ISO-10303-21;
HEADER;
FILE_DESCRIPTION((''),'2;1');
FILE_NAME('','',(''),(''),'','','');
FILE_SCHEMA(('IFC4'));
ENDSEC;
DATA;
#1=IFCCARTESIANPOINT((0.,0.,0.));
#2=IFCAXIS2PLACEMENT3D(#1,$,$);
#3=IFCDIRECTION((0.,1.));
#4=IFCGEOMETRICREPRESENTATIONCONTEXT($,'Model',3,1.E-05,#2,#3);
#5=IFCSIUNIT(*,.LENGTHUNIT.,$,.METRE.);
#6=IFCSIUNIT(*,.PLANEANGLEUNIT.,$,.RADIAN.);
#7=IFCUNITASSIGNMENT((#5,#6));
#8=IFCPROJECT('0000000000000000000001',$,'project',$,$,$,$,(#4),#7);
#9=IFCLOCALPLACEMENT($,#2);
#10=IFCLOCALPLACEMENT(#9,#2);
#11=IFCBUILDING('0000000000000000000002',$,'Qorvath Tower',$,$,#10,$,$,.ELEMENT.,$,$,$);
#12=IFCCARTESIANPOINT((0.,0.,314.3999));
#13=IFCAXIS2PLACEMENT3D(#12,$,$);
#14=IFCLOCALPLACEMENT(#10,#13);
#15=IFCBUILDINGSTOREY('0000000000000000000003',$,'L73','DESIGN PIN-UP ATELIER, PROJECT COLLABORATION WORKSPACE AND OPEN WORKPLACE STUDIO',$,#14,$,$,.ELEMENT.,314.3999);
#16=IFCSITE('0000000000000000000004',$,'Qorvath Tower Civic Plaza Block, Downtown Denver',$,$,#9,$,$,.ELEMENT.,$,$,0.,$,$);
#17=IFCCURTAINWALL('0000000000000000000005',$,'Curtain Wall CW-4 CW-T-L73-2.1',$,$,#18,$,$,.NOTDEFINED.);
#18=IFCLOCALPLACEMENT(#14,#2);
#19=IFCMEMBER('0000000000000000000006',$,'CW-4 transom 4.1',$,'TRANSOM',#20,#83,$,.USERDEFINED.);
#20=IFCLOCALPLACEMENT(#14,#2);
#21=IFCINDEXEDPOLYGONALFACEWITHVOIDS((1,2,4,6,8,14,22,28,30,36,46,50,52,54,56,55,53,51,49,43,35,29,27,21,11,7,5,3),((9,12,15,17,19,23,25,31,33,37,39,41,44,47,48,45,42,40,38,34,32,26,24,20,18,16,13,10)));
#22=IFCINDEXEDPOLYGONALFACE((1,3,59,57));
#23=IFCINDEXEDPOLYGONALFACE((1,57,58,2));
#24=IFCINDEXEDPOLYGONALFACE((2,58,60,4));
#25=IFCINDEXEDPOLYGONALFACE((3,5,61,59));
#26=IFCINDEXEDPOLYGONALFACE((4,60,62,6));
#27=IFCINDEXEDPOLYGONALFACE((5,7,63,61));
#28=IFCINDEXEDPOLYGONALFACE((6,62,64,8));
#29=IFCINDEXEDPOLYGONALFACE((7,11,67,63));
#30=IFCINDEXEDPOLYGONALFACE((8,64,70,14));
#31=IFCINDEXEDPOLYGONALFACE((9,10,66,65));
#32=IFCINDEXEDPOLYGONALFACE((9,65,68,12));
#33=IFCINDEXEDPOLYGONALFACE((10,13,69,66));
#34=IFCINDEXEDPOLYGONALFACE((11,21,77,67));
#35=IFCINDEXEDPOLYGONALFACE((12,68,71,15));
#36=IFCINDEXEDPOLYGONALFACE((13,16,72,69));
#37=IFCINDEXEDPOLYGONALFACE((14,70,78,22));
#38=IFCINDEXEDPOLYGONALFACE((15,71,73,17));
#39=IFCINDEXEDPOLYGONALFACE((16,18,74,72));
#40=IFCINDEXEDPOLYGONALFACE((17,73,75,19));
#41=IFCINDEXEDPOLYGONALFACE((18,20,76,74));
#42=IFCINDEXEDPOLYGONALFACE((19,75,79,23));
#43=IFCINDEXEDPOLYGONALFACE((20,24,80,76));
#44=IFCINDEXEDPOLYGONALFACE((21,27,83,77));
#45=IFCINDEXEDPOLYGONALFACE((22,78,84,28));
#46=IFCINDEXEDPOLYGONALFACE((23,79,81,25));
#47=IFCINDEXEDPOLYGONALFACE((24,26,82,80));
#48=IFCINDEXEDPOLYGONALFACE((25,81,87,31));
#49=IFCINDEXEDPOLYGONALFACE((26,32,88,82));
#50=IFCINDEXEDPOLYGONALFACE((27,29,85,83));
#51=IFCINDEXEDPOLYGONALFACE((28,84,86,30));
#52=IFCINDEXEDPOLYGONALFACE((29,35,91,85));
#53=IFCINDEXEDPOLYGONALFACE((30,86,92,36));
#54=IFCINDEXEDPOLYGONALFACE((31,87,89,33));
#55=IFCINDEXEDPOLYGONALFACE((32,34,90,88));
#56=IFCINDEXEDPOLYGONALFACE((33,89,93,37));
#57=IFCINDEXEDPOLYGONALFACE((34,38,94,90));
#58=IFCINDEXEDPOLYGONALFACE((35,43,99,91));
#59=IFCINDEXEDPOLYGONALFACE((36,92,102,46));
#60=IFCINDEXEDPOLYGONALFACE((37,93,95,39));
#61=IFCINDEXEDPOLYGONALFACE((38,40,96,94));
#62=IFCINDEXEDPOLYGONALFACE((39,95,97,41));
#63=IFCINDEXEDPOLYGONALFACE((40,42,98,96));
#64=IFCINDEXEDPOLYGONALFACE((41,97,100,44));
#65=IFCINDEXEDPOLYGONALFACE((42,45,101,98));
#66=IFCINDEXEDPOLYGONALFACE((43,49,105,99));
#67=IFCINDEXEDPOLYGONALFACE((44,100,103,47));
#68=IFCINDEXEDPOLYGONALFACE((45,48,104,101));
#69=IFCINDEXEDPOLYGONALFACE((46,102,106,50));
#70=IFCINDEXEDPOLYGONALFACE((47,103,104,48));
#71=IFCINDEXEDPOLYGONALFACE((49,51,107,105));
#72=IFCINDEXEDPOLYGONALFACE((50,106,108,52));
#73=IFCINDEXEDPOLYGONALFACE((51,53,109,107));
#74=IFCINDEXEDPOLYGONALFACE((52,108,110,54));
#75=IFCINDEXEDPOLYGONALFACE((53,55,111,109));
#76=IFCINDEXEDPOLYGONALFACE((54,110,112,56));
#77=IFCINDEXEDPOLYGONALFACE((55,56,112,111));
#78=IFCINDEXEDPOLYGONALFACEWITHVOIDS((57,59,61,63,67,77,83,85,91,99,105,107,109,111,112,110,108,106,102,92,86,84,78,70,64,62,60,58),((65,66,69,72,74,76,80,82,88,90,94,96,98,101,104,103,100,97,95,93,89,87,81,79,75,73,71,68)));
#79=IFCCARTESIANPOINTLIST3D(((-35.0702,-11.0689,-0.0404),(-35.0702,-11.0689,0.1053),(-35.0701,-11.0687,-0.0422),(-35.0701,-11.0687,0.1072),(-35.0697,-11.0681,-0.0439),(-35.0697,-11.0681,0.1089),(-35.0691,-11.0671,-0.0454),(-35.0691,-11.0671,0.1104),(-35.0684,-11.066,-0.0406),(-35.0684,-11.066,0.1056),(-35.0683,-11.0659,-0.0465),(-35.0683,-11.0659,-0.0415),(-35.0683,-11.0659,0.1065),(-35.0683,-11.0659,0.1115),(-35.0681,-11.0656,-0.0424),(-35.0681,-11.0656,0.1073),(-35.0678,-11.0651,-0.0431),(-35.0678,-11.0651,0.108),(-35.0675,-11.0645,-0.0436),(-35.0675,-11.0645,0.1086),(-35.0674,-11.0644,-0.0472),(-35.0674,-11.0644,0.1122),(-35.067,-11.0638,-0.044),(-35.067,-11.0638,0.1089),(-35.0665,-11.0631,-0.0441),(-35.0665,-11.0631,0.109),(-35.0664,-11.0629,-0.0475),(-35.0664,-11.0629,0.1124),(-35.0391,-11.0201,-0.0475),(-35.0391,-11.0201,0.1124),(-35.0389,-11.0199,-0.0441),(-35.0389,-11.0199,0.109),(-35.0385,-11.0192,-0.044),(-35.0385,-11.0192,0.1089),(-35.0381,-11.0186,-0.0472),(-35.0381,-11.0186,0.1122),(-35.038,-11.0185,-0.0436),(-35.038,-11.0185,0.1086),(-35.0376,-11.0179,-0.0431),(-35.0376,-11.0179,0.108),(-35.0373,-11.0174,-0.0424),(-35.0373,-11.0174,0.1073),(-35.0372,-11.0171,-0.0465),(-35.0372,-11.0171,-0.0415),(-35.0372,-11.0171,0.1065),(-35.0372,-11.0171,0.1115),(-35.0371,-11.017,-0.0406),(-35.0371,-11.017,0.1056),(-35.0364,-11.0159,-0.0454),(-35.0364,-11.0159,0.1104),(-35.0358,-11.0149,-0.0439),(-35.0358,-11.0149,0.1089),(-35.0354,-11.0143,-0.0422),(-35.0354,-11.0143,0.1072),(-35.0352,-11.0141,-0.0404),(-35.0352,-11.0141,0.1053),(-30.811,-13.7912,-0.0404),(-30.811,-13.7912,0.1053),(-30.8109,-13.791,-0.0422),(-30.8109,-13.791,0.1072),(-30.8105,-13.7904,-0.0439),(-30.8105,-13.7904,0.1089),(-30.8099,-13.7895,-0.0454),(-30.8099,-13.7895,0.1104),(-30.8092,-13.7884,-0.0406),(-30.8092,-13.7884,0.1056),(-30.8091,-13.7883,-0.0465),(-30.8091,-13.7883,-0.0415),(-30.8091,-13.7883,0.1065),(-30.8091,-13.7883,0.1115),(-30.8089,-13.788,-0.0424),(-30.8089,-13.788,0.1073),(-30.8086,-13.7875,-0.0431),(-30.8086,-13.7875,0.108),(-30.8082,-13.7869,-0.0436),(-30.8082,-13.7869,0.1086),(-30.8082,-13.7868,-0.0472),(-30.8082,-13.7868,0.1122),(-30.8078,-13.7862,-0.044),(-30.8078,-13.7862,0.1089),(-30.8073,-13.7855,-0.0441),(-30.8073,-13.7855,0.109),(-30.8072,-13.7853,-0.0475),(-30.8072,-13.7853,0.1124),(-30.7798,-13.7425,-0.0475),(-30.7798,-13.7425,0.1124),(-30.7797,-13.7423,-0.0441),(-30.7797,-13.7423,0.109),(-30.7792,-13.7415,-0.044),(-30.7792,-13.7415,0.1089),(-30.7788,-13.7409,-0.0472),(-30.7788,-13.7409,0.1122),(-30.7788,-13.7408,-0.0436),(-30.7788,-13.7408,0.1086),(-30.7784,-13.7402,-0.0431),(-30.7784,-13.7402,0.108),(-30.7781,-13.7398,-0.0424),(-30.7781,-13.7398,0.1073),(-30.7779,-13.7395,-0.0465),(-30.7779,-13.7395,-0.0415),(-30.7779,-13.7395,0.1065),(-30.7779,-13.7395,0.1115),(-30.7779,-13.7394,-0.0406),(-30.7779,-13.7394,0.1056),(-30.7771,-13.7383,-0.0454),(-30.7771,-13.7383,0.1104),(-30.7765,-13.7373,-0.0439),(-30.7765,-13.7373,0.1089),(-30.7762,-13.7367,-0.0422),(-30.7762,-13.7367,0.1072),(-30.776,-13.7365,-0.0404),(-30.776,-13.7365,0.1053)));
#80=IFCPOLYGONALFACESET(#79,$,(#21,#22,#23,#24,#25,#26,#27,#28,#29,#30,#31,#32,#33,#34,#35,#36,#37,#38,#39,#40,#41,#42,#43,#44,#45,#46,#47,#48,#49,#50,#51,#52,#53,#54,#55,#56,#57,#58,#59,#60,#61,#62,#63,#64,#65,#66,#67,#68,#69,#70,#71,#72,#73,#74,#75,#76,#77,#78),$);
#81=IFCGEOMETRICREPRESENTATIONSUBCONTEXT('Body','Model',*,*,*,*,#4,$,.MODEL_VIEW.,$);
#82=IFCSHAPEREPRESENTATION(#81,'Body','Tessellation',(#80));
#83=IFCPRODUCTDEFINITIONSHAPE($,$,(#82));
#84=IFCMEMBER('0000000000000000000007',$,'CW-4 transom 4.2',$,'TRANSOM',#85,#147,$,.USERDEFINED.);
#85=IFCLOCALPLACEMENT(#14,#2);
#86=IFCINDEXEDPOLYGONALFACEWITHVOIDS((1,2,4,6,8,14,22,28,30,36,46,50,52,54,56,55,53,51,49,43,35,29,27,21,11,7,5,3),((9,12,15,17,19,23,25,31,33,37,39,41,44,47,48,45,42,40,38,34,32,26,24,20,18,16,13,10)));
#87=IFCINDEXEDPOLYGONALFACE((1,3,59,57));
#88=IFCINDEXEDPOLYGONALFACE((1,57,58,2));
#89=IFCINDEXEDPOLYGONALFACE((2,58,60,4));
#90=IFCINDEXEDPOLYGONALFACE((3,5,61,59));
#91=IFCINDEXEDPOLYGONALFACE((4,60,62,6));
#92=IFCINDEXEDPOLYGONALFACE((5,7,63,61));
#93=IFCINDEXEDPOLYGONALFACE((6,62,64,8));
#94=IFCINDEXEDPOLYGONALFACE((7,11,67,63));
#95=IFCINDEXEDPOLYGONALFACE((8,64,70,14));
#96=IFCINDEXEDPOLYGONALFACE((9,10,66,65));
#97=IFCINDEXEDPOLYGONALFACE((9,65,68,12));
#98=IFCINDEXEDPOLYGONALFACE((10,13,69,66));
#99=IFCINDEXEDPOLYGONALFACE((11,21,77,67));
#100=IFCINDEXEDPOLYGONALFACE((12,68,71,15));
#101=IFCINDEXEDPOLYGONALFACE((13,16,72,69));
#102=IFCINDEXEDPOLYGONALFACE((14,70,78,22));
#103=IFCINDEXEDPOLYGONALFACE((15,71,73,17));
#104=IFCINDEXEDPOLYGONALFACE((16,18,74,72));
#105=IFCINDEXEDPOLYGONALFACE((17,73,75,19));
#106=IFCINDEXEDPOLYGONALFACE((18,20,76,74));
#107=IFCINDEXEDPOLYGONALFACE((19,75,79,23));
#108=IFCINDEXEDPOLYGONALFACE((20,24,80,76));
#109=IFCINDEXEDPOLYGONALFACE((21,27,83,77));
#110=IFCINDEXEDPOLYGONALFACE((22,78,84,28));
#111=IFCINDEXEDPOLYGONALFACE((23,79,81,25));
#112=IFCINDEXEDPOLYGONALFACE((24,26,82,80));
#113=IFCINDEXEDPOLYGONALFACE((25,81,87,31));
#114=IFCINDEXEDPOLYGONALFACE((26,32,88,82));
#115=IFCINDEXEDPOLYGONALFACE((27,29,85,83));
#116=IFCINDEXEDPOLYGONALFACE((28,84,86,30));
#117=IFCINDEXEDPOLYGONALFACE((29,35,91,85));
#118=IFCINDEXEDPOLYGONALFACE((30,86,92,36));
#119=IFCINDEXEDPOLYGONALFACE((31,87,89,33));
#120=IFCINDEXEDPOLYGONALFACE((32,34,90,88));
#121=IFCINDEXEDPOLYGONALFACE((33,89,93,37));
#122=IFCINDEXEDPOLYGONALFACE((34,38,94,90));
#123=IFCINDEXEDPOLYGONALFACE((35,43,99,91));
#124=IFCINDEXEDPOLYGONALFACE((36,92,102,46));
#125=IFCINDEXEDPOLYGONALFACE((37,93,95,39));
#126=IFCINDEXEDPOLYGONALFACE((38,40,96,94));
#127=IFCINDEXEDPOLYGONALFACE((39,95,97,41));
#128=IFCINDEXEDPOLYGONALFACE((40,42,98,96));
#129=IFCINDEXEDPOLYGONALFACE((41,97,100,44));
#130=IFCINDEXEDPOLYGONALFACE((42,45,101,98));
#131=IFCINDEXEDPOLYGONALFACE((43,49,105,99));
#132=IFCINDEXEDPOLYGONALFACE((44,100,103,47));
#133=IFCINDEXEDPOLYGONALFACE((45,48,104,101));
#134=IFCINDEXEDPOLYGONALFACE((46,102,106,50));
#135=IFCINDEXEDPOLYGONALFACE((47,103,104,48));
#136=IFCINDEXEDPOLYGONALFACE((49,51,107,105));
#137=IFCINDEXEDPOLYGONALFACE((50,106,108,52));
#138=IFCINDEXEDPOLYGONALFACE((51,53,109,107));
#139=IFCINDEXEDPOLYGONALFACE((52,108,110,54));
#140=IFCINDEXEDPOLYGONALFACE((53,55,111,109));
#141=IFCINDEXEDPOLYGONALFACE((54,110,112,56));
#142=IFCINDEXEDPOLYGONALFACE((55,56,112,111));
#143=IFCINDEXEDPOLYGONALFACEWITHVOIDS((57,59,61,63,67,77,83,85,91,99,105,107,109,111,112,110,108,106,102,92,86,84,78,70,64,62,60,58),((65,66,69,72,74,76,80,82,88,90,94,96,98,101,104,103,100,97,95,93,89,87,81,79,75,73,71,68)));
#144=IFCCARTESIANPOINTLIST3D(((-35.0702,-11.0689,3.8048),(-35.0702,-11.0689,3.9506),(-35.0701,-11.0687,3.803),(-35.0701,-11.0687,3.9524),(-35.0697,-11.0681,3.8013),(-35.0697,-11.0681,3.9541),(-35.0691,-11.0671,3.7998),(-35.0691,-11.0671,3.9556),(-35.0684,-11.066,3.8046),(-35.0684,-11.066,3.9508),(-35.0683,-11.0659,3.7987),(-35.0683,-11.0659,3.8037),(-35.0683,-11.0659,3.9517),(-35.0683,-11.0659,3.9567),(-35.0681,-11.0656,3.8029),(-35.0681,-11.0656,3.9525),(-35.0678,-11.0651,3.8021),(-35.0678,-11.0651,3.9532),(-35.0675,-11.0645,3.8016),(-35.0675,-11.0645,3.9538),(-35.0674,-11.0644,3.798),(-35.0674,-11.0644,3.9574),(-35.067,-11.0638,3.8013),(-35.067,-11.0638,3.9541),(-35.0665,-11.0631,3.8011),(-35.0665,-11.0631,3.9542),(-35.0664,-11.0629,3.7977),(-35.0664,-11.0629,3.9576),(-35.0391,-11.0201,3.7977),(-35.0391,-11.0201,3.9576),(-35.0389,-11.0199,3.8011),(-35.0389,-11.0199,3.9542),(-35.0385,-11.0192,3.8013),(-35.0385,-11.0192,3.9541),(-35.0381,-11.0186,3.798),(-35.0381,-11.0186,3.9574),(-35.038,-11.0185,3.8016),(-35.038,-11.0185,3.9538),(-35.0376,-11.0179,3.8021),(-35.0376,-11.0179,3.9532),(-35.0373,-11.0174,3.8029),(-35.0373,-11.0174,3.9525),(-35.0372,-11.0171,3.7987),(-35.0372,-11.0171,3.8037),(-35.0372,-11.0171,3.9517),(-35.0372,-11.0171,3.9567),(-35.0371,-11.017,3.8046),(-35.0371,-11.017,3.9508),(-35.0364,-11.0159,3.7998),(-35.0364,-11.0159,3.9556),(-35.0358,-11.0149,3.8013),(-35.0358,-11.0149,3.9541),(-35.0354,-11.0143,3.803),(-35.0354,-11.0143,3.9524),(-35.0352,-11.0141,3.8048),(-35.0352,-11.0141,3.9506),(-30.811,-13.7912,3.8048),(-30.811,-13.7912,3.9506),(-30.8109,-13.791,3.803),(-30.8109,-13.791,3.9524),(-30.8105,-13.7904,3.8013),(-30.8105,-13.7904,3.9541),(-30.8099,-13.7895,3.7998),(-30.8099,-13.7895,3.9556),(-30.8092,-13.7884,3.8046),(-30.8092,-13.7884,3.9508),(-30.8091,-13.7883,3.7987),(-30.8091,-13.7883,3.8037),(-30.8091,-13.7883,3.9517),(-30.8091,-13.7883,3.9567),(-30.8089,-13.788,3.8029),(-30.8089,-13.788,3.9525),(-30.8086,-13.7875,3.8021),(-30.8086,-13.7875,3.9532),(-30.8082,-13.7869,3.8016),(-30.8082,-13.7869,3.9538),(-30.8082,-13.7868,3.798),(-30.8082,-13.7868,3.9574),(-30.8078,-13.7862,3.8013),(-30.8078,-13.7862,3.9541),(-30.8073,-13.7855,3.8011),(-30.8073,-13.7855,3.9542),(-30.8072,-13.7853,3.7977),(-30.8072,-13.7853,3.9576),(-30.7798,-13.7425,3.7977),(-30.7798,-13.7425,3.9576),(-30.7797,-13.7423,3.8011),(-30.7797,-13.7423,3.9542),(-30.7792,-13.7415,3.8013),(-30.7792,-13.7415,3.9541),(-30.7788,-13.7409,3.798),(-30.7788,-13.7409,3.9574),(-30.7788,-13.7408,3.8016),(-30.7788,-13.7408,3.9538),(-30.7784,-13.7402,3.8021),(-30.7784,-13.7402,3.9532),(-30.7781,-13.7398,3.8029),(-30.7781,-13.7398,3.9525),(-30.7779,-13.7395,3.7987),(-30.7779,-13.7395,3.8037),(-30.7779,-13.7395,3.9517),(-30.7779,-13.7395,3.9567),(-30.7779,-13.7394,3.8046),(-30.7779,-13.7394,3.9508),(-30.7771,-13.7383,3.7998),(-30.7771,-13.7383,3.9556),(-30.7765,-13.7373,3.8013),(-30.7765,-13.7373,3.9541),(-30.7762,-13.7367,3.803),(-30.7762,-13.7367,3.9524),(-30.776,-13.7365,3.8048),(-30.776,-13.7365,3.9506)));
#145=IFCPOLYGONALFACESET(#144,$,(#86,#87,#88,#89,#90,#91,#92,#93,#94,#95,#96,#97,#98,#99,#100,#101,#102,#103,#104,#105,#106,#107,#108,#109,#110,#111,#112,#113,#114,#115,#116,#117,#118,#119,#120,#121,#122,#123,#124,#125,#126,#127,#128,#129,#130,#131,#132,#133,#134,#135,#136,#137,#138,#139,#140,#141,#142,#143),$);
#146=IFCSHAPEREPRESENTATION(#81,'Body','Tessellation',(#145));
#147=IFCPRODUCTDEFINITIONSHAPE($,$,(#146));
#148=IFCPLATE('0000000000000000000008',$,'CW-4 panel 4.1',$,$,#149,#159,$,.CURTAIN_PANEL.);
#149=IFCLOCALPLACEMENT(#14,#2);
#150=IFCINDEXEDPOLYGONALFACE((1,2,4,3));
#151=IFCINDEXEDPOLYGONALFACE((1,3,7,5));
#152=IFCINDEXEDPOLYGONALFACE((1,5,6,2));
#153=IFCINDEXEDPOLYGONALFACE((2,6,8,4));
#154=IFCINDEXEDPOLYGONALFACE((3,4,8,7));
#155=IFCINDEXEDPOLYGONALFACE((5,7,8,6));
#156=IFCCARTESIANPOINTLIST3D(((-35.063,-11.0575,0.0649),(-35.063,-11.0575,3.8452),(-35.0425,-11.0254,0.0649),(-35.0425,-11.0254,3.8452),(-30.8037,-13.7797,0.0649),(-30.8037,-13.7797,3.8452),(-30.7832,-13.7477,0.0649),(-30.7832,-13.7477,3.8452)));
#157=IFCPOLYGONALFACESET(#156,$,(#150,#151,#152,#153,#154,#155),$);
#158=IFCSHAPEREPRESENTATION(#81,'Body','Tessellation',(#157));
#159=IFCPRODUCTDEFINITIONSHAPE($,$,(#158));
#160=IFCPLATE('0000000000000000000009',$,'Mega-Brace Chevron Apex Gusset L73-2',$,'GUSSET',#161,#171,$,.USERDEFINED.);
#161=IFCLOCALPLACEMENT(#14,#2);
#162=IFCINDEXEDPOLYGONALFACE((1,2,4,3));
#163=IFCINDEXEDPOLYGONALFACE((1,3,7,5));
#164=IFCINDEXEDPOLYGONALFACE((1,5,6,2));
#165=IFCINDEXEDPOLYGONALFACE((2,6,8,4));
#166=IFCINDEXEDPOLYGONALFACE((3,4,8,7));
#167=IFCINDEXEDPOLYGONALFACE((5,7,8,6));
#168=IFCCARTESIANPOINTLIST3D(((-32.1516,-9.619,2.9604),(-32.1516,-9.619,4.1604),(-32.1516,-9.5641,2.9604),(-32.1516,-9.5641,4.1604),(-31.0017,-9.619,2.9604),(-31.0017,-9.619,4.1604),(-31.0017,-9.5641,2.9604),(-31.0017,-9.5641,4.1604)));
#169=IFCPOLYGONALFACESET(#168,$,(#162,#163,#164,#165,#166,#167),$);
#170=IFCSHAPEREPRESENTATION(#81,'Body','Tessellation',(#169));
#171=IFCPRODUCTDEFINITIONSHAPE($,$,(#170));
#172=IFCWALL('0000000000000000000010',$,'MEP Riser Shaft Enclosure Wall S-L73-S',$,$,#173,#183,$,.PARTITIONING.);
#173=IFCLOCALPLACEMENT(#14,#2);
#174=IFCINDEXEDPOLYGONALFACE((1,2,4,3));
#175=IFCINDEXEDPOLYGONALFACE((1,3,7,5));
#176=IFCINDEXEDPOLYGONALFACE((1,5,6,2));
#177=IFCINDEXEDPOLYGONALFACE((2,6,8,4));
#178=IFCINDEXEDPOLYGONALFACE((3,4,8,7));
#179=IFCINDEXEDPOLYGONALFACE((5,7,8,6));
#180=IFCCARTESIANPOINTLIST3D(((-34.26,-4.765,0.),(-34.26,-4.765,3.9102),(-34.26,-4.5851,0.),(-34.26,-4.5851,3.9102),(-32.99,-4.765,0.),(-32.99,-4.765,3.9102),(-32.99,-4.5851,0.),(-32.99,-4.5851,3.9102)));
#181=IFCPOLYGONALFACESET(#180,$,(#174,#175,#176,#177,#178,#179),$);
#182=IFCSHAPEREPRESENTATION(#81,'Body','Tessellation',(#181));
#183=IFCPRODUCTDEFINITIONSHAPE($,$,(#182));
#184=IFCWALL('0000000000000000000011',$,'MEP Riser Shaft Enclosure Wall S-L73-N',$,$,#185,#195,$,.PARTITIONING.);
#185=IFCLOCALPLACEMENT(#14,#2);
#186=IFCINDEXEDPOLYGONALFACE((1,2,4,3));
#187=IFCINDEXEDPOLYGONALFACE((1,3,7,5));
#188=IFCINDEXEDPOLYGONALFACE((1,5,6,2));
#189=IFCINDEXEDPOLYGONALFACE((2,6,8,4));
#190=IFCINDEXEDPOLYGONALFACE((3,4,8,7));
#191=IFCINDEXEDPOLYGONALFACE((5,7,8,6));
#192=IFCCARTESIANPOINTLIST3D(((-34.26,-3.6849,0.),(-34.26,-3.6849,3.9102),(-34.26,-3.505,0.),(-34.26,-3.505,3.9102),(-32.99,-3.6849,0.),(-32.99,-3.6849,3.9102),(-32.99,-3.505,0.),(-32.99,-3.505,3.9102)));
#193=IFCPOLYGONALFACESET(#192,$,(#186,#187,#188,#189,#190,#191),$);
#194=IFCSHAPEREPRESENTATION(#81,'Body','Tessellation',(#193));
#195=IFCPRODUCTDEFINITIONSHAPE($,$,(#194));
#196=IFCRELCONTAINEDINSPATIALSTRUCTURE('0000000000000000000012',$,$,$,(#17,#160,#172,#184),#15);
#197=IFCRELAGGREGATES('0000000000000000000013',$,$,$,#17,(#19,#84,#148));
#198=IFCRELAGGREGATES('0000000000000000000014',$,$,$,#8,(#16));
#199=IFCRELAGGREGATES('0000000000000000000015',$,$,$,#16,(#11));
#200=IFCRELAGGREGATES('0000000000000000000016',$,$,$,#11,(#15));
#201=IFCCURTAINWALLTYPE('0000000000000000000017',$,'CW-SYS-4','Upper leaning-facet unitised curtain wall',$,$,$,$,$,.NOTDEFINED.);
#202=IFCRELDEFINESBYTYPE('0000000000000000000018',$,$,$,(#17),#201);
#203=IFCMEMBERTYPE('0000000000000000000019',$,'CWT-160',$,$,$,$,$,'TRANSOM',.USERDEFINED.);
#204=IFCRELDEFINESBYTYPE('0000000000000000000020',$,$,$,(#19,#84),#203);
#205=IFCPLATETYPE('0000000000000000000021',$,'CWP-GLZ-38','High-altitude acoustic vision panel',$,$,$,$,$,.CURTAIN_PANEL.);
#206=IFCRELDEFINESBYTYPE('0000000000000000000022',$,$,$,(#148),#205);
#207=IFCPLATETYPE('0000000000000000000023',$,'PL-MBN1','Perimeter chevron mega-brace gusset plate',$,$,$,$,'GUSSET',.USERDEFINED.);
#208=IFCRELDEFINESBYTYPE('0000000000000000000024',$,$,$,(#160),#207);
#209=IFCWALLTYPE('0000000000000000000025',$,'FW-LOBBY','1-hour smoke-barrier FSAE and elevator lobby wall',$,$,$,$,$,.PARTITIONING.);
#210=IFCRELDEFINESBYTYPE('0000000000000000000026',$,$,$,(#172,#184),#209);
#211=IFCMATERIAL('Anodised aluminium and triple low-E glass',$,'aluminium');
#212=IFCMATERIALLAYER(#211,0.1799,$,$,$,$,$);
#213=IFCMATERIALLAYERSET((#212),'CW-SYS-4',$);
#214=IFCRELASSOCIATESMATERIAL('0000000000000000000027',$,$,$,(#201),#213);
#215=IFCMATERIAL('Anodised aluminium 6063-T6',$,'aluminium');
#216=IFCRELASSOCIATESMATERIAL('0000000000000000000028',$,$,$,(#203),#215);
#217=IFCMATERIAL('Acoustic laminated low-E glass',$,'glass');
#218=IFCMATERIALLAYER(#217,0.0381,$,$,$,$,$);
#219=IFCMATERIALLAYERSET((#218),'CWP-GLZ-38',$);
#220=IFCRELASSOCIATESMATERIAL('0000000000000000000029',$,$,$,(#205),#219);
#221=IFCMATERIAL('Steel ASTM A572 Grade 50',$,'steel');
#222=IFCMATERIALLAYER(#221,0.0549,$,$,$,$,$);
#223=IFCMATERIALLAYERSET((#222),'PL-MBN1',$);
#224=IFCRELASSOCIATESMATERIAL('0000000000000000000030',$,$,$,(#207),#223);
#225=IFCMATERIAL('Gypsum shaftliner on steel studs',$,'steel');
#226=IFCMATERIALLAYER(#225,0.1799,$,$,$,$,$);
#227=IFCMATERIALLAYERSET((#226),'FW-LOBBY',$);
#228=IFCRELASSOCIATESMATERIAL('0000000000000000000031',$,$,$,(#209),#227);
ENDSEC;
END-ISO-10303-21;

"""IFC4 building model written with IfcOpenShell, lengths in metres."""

from ifc_helpers import new_model, si_unit, direction, frame, frame_2d, origin, origin_2d, place, context, subcontext, project, spatial, rectangle, hollow_rectangle, extrude, material, layer, layer_set, material_profile, profile_set, type_object, element, aggregate, save


model = new_model("IFC4")

# Units and contexts
model_context = context("Model", 3, precision=1e-05, world=origin(), true_north=direction((0.0, 1.0)))
body_context = subcontext(model_context, "Body", "Model", "MODEL_VIEW")
ifc_project = project(units=[si_unit("LENGTHUNIT", "METRE"), si_unit("PLANEANGLEUNIT", "RADIAN")], contexts=[model_context])

# Site, building, storey
site_placement = place(None, origin())
site = spatial("IfcSite", under=ifc_project, at=site_placement, Name="Qorvath Tower Civic Plaza Block, Downtown Denver", CompositionType="ELEMENT", RefElevation=0.0)
building_placement = place(site_placement, origin())
building = spatial("IfcBuilding", under=site, at=building_placement, Name="Qorvath Tower", CompositionType="ELEMENT")
storey_placement = place(building_placement, frame((0.0, 0.0, 314.3999)))
storey = spatial("IfcBuildingStorey", under=building, at=storey_placement, Name="L73", Description="DESIGN PIN-UP ATELIER, PROJECT COLLABORATION WORKSPACE AND OPEN WORKPLACE STUDIO", CompositionType="ELEMENT", Elevation=314.3999)

# Curtain wall, members, plate
ifc_material_1 = material(Name="Anodised aluminium and triple low-E glass", Category="aluminium")
ifc_layer_1 = layer(ifc_material_1, 0.1799)
ifc_layer_set_1 = layer_set([ifc_layer_1], Name="CW-SYS-4")
curtain_wall_type = type_object("IfcCurtainWallType", Name="CW-SYS-4", Description="Upper leaning-facet unitised curtain wall", PredefinedType="NOTDEFINED", material=ifc_layer_set_1)
curtain_wall_placement = place(storey_placement, origin())
curtain_wall = element("IfcCurtainWall", 1, at=curtain_wall_placement, inside=storey, type_object=curtain_wall_type, Name="Curtain Wall CW-4 CW-T-L73-2.1", PredefinedType="NOTDEFINED")
ifc_material_2 = material(Name="Anodised aluminium 6063-T6", Category="aluminium")
ifc_material_profile_1 = material_profile(ifc_material_2, hollow_rectangle(XDim=0.0649, YDim=0.1599, WallThickness=0.0034, InnerFilletRadius=0.0034, OuterFilletRadius=0.0071, at=origin_2d()), Name="CWT 160x65")
ifc_profile_set_1 = profile_set([ifc_material_profile_1], Name="Anodised aluminium 6063-T6")
member_type_1 = type_object("IfcMemberType", Name="CWT-160", ElementType="TRANSOM", PredefinedType="USERDEFINED", material=ifc_profile_set_1)
member_1_placement = place(storey_placement, frame((-35.0527, -11.0415, 0.0325), z_axis=(0.842588, -0.538559, 0.0), x_axis=(0.538559, 0.842588, 0.0)))
member_1 = element("IfcMember", 2, at=member_1_placement, type_object=member_type_1, Name="CW-4 transom 4.1", ObjectType="TRANSOM", PredefinedType="USERDEFINED", context=body_context, shape_type="SweptSolid", body=[
    extrude(hollow_rectangle(XDim=0.0649, YDim=0.1599, WallThickness=0.0034, InnerFilletRadius=0.0034, OuterFilletRadius=0.0071, at=origin_2d()), origin(), (0.0, 0.0, 1.0), 5.0549),
])
member_2_placement = place(storey_placement, frame((-35.0527, -11.0415, 3.8777), z_axis=(0.842588, -0.538559, 0.0), x_axis=(0.538559, 0.842588, 0.0)))
member_2 = element("IfcMember", 3, at=member_2_placement, type_object=member_type_1, Name="CW-4 transom 4.2", ObjectType="TRANSOM", PredefinedType="USERDEFINED", context=body_context, shape_type="SweptSolid", body=[
    extrude(hollow_rectangle(XDim=0.0649, YDim=0.1599, WallThickness=0.0034, InnerFilletRadius=0.0034, OuterFilletRadius=0.0071, at=origin_2d()), origin(), (0.0, 0.0, 1.0), 5.0549),
])
ifc_material_3 = material(Name="Acoustic laminated low-E glass", Category="glass")
ifc_layer_2 = layer(ifc_material_3, 0.0381)
ifc_layer_set_2 = layer_set([ifc_layer_2], Name="CWP-GLZ-38")
plate_type_1 = type_object("IfcPlateType", Name="CWP-GLZ-38", Description="High-altitude acoustic vision panel", PredefinedType="CURTAIN_PANEL", material=ifc_layer_set_2)
plate_1_placement = place(storey_placement, frame((-32.9231, -12.4026, 0.0649), z_axis=(0.0, 0.0, 1.0), x_axis=(0.842606, -0.53853, 0.0)))
plate_1 = element("IfcPlate", 4, at=plate_1_placement, type_object=plate_type_1, Name="CW-4 panel 4.1", PredefinedType="CURTAIN_PANEL", context=body_context, shape_type="SweptSolid", body=[
    extrude(rectangle(XDim=5.0549, YDim=0.0381, at=origin_2d()), origin(), (0.0, 0.0, 1.0), 3.7803),
])
aggregate(curtain_wall, [member_1, member_2, plate_1])

# Plate
ifc_material_4 = material(Name="Steel ASTM A572 Grade 50", Category="steel")
ifc_layer_3 = layer(ifc_material_4, 0.0549)
ifc_layer_set_3 = layer_set([ifc_layer_3], Name="PL-MBN1")
plate_type_2 = type_object("IfcPlateType", Name="PL-MBN1", Description="Perimeter chevron mega-brace gusset plate", ElementType="GUSSET", PredefinedType="USERDEFINED", material=ifc_layer_set_3)
plate_2_placement = place(storey_placement, frame((-31.5767, -9.5916, 2.9604), z_axis=(0.0, 0.0, 1.0), x_axis=(1.0, 0.0, 0.0)))
element("IfcPlate", 5, at=plate_2_placement, inside=storey, type_object=plate_type_2, Name="Mega-Brace Chevron Apex Gusset L73-2", ObjectType="GUSSET", PredefinedType="USERDEFINED", context=body_context, shape_type="SweptSolid", body=[
    extrude(rectangle(XDim=1.1499, YDim=0.0549, at=origin_2d()), origin(), (0.0, 0.0, 1.0), 1.2),
])

# Walls
ifc_material_5 = material(Name="Gypsum shaftliner on steel studs", Category="steel")
ifc_layer_4 = layer(ifc_material_5, 0.1799)
ifc_layer_set_4 = layer_set([ifc_layer_4], Name="FW-LOBBY")
wall_type_1 = type_object("IfcWallType", Name="FW-LOBBY", Description="1-hour smoke-barrier FSAE and elevator lobby wall", PredefinedType="PARTITIONING", material=ifc_layer_set_4)
for number, where, z_axis, x_axis, name in (
    (6, (-32.99, -4.675, 0.0), (0.0, 0.0, 1.0), (-1.0, 0.0, 0.0), "MEP Riser Shaft Enclosure Wall S-L73-S"),
    (7, (-34.26, -3.595, 0.0), (0.0, 0.0, 1.0), (1.0, 0.0, 0.0), "MEP Riser Shaft Enclosure Wall S-L73-N"),
):
    element("IfcWall", number, at=place(storey_placement, frame(where, z_axis=z_axis, x_axis=x_axis)), inside=storey, type_object=wall_type_1, Name=name, PredefinedType="PARTITIONING", context=body_context, shape_type="SweptSolid", body=[
        extrude(rectangle(XDim=1.27, YDim=0.1799, at=frame_2d((0.635, 0.0))), origin(), (0.0, 0.0, 1.0), 3.9102),
    ])

save(model, "model.ifc")
